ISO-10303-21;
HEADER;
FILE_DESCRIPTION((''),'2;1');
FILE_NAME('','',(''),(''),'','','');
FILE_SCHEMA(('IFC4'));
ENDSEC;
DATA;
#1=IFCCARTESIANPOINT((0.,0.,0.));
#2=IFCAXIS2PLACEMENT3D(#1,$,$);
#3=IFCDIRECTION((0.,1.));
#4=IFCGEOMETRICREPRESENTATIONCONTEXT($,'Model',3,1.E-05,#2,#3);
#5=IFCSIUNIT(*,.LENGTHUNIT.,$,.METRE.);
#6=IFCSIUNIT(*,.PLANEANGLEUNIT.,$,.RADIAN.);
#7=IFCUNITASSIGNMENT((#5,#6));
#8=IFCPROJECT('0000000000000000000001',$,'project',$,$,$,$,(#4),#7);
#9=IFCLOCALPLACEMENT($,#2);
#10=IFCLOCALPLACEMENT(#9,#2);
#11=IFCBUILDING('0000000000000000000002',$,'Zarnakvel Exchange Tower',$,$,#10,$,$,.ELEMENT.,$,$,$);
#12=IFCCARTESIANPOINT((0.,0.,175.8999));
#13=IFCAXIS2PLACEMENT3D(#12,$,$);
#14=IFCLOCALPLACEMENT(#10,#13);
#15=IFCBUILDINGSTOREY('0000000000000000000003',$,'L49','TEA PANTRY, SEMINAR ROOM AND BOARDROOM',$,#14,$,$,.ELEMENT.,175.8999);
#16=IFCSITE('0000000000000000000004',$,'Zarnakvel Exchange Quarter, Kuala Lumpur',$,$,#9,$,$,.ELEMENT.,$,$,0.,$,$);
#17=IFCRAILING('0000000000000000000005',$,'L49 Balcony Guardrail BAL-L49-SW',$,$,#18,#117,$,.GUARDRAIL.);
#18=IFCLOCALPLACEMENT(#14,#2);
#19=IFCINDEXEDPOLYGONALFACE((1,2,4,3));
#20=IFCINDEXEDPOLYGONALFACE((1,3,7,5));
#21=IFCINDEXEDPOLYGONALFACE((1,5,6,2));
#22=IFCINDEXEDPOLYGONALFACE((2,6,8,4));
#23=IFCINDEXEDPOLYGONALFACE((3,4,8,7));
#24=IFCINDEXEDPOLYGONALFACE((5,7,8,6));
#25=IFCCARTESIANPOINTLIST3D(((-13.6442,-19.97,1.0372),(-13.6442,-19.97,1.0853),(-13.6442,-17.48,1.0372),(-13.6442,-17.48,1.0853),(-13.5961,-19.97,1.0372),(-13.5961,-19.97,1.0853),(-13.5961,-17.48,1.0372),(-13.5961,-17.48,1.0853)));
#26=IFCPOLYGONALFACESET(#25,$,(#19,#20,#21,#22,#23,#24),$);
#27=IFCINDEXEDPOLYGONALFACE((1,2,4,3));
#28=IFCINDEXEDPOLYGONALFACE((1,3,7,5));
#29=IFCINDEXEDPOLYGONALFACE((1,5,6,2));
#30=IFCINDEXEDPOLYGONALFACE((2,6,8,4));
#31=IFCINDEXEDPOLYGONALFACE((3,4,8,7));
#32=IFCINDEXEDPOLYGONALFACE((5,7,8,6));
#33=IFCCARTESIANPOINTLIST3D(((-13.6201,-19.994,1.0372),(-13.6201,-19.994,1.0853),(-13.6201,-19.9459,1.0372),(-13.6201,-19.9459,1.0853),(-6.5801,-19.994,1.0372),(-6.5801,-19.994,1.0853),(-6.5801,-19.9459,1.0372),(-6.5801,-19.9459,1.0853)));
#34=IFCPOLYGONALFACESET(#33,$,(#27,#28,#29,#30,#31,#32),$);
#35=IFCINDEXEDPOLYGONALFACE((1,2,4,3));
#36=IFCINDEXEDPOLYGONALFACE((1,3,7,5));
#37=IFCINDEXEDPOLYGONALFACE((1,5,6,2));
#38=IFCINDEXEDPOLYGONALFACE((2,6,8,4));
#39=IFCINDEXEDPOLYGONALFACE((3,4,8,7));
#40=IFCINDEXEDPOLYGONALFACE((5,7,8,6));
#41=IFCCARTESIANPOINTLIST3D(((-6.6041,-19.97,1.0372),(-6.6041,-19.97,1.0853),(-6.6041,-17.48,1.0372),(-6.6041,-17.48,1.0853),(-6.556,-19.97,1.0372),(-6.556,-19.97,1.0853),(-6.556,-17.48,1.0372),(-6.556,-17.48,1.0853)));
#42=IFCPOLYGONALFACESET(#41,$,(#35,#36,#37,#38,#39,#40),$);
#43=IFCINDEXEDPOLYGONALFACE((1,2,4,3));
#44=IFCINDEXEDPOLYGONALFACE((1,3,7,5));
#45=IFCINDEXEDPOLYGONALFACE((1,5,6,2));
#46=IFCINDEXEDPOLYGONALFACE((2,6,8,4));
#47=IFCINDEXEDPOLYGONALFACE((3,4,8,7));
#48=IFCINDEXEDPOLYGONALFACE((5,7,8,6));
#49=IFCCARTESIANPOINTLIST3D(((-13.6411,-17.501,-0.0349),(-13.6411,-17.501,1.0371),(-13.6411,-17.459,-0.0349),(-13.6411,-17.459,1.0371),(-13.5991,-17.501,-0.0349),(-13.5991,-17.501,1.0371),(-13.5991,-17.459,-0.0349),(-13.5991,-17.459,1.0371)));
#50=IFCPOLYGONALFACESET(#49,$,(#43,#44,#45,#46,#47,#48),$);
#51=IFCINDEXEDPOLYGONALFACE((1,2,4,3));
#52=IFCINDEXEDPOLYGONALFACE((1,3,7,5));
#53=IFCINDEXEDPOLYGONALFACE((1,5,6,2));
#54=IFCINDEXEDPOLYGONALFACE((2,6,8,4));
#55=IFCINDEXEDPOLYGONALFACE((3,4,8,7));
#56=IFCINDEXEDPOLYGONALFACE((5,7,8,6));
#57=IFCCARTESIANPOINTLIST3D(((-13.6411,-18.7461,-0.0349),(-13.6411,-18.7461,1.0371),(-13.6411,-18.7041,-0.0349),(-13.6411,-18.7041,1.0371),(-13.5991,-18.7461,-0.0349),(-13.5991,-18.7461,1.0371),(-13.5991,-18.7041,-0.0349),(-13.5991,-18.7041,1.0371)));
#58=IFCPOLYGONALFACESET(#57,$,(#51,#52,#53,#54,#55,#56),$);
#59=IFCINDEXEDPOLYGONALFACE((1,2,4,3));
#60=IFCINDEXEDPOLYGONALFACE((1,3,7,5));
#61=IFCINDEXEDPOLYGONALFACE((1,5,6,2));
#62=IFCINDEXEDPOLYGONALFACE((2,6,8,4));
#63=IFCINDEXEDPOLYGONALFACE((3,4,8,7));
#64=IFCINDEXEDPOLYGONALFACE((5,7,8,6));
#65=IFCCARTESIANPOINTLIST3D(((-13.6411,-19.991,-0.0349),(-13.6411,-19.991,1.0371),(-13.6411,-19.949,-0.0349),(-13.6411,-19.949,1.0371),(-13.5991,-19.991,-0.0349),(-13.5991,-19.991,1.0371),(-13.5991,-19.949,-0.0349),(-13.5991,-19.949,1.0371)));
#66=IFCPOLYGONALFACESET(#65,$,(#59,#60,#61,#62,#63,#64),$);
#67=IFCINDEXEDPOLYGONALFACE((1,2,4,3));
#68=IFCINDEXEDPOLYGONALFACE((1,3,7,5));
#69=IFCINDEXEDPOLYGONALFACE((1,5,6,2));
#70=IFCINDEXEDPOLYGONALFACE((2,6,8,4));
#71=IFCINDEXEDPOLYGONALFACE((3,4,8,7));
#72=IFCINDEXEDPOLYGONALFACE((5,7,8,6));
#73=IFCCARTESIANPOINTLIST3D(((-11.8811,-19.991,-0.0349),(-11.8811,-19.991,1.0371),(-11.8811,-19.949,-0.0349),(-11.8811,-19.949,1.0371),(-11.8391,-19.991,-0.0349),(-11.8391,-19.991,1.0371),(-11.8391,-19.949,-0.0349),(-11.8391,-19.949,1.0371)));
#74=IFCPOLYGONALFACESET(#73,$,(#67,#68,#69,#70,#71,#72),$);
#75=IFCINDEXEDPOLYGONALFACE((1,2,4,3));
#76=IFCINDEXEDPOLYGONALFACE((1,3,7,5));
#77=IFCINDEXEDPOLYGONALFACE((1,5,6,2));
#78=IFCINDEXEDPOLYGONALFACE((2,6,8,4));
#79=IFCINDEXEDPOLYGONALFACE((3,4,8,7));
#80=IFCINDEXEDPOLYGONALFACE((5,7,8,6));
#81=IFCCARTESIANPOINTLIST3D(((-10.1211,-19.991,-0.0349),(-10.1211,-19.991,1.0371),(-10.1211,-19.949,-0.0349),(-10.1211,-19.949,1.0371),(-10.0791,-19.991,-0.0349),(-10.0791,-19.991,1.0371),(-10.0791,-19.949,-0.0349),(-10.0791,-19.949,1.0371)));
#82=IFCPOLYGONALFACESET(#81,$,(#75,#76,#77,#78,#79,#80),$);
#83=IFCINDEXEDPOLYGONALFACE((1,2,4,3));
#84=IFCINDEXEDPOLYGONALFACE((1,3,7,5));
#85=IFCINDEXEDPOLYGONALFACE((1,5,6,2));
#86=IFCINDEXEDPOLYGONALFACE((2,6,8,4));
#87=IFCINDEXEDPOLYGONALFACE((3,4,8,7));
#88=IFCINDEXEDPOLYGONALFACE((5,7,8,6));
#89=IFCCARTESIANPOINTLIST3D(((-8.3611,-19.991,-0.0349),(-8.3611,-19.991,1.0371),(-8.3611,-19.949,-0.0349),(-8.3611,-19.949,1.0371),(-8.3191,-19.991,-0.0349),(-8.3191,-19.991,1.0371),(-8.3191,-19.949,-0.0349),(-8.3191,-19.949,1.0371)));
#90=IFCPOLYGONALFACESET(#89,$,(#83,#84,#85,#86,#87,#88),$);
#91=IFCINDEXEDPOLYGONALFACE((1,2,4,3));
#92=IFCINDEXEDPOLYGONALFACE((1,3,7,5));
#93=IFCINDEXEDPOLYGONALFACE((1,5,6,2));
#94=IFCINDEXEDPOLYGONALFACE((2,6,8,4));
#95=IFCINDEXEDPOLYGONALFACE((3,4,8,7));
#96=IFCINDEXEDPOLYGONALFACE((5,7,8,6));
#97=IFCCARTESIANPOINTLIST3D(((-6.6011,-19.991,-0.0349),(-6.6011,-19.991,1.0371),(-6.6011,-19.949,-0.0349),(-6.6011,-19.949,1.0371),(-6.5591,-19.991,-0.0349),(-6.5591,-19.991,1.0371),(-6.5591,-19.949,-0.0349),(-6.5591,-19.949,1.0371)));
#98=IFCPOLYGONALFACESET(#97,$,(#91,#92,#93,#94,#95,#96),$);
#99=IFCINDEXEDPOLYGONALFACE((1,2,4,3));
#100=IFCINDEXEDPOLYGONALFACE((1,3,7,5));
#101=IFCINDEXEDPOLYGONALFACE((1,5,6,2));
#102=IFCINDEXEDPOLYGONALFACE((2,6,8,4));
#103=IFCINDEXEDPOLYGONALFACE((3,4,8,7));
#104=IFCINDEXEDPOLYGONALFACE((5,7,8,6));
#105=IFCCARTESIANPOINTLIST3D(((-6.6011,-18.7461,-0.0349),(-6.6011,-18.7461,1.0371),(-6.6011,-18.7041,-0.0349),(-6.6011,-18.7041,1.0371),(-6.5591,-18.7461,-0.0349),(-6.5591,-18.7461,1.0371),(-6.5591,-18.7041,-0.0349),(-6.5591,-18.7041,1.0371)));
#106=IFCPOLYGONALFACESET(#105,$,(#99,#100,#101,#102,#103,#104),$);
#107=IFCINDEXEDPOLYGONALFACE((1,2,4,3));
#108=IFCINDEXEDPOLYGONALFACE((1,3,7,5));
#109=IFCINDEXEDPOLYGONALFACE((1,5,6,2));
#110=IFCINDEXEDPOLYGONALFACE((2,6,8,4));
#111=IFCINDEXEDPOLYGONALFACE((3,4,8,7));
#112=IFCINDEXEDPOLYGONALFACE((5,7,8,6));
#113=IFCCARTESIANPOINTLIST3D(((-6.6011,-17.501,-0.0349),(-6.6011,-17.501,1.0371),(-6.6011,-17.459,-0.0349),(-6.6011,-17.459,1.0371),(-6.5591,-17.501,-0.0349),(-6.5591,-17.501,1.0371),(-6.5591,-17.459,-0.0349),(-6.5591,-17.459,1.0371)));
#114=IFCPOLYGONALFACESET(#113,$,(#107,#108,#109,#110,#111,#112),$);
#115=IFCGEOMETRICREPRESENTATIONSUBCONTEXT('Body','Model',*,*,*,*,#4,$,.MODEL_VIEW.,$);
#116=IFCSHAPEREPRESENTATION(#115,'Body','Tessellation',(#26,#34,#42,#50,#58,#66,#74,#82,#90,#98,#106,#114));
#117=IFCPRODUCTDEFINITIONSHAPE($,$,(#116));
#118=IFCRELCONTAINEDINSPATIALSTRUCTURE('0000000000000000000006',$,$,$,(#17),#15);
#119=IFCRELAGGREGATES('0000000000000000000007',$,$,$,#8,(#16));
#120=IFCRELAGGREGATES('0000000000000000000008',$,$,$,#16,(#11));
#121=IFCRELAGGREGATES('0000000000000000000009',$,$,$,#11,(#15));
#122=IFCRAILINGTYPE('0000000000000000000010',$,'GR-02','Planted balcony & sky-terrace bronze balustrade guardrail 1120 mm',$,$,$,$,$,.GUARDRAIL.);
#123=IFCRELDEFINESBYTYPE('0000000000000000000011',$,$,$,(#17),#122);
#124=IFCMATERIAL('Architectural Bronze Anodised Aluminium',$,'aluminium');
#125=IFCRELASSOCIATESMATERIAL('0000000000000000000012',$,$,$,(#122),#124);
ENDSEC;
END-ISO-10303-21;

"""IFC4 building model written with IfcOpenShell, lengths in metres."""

from ifc_helpers import new_model, si_unit, direction, frame, origin, origin_2d, place, context, subcontext, project, spatial, rectangle, extrude, material, type_object, element, save


model = new_model("IFC4")

# Units and contexts
model_context = context("Model", 3, precision=1e-05, world=origin(), true_north=direction((0.0, 1.0)))
body_context = subcontext(model_context, "Body", "Model", "MODEL_VIEW")
ifc_project = project(units=[si_unit("LENGTHUNIT", "METRE"), si_unit("PLANEANGLEUNIT", "RADIAN")], contexts=[model_context])

# Site, building, storey
site_placement = place(None, origin())
site = spatial("IfcSite", under=ifc_project, at=site_placement, Name="Zarnakvel Exchange Quarter, Kuala Lumpur", CompositionType="ELEMENT", RefElevation=0.0)
building_placement = place(site_placement, origin())
building = spatial("IfcBuilding", under=site, at=building_placement, Name="Zarnakvel Exchange Tower", CompositionType="ELEMENT")
storey_placement = place(building_placement, frame((0.0, 0.0, 175.8999)))
storey = spatial("IfcBuildingStorey", under=building, at=storey_placement, Name="L49", Description="TEA PANTRY, SEMINAR ROOM AND BOARDROOM", CompositionType="ELEMENT", Elevation=175.8999)

# Shared definitions
ifc_material_1 = material(Name="Architectural Bronze Anodised Aluminium", Category="aluminium")

# Railing
railing_type = type_object("IfcRailingType", Name="GR-02", Description="Planted balcony & sky-terrace bronze balustrade guardrail 1120 mm", PredefinedType="GUARDRAIL", material=ifc_material_1)
railing_placement = place(storey_placement, frame((-13.6201, -17.48, -0.0349)))
element("IfcRailing", 1, at=railing_placement, inside=storey, type_object=railing_type, Name="L49 Balcony Guardrail BAL-L49-SW", PredefinedType="GUARDRAIL", context=body_context, shape_type="SweptSolid", body=[
    extrude(rectangle(XDim=0.0481, YDim=0.0481, at=origin_2d()), frame((0.0, 0.0, 1.0962), z_axis=(0.0, -1.0, 0.0), x_axis=(1.0, 0.0, 0.0)), (0.0, 0.0, 1.0), 2.49),
    extrude(rectangle(XDim=0.0481, YDim=0.0481, at=origin_2d()), frame((0.0, -2.49, 1.0962), z_axis=(1.0, 0.0, 0.0), x_axis=(0.0, 1.0, 0.0)), (0.0, 0.0, 1.0), 7.04),
    extrude(rectangle(XDim=0.0481, YDim=0.0481, at=origin_2d()), frame((7.04, -2.49, 1.0962), z_axis=(0.0, 1.0, 0.0), x_axis=(-1.0, 0.0, 0.0)), (0.0, 0.0, 1.0), 2.49),
    extrude(rectangle(XDim=0.042, YDim=0.042, at=origin_2d()), origin(), (0.0, 0.0, 1.0), 1.072),
    extrude(rectangle(XDim=0.042, YDim=0.042, at=origin_2d()), frame((0.0, -1.2451, 0.0)), (0.0, 0.0, 1.0), 1.072),
    extrude(rectangle(XDim=0.042, YDim=0.042, at=origin_2d()), frame((0.0, -2.49, 0.0)), (0.0, 0.0, 1.0), 1.072),
    extrude(rectangle(XDim=0.042, YDim=0.042, at=origin_2d()), frame((1.76, -2.49, 0.0)), (0.0, 0.0, 1.0), 1.072),
    extrude(rectangle(XDim=0.042, YDim=0.042, at=origin_2d()), frame((3.52, -2.49, 0.0)), (0.0, 0.0, 1.0), 1.072),
    extrude(rectangle(XDim=0.042, YDim=0.042, at=origin_2d()), frame((5.28, -2.49, 0.0)), (0.0, 0.0, 1.0), 1.072),
    extrude(rectangle(XDim=0.042, YDim=0.042, at=origin_2d()), frame((7.04, -2.49, 0.0)), (0.0, 0.0, 1.0), 1.072),
    extrude(rectangle(XDim=0.042, YDim=0.042, at=origin_2d()), frame((7.04, -1.2451, 0.0)), (0.0, 0.0, 1.0), 1.072),
    extrude(rectangle(XDim=0.042, YDim=0.042, at=origin_2d()), frame((7.04, 0.0, 0.0)), (0.0, 0.0, 1.0), 1.072),
])

save(model, "model.ifc")
